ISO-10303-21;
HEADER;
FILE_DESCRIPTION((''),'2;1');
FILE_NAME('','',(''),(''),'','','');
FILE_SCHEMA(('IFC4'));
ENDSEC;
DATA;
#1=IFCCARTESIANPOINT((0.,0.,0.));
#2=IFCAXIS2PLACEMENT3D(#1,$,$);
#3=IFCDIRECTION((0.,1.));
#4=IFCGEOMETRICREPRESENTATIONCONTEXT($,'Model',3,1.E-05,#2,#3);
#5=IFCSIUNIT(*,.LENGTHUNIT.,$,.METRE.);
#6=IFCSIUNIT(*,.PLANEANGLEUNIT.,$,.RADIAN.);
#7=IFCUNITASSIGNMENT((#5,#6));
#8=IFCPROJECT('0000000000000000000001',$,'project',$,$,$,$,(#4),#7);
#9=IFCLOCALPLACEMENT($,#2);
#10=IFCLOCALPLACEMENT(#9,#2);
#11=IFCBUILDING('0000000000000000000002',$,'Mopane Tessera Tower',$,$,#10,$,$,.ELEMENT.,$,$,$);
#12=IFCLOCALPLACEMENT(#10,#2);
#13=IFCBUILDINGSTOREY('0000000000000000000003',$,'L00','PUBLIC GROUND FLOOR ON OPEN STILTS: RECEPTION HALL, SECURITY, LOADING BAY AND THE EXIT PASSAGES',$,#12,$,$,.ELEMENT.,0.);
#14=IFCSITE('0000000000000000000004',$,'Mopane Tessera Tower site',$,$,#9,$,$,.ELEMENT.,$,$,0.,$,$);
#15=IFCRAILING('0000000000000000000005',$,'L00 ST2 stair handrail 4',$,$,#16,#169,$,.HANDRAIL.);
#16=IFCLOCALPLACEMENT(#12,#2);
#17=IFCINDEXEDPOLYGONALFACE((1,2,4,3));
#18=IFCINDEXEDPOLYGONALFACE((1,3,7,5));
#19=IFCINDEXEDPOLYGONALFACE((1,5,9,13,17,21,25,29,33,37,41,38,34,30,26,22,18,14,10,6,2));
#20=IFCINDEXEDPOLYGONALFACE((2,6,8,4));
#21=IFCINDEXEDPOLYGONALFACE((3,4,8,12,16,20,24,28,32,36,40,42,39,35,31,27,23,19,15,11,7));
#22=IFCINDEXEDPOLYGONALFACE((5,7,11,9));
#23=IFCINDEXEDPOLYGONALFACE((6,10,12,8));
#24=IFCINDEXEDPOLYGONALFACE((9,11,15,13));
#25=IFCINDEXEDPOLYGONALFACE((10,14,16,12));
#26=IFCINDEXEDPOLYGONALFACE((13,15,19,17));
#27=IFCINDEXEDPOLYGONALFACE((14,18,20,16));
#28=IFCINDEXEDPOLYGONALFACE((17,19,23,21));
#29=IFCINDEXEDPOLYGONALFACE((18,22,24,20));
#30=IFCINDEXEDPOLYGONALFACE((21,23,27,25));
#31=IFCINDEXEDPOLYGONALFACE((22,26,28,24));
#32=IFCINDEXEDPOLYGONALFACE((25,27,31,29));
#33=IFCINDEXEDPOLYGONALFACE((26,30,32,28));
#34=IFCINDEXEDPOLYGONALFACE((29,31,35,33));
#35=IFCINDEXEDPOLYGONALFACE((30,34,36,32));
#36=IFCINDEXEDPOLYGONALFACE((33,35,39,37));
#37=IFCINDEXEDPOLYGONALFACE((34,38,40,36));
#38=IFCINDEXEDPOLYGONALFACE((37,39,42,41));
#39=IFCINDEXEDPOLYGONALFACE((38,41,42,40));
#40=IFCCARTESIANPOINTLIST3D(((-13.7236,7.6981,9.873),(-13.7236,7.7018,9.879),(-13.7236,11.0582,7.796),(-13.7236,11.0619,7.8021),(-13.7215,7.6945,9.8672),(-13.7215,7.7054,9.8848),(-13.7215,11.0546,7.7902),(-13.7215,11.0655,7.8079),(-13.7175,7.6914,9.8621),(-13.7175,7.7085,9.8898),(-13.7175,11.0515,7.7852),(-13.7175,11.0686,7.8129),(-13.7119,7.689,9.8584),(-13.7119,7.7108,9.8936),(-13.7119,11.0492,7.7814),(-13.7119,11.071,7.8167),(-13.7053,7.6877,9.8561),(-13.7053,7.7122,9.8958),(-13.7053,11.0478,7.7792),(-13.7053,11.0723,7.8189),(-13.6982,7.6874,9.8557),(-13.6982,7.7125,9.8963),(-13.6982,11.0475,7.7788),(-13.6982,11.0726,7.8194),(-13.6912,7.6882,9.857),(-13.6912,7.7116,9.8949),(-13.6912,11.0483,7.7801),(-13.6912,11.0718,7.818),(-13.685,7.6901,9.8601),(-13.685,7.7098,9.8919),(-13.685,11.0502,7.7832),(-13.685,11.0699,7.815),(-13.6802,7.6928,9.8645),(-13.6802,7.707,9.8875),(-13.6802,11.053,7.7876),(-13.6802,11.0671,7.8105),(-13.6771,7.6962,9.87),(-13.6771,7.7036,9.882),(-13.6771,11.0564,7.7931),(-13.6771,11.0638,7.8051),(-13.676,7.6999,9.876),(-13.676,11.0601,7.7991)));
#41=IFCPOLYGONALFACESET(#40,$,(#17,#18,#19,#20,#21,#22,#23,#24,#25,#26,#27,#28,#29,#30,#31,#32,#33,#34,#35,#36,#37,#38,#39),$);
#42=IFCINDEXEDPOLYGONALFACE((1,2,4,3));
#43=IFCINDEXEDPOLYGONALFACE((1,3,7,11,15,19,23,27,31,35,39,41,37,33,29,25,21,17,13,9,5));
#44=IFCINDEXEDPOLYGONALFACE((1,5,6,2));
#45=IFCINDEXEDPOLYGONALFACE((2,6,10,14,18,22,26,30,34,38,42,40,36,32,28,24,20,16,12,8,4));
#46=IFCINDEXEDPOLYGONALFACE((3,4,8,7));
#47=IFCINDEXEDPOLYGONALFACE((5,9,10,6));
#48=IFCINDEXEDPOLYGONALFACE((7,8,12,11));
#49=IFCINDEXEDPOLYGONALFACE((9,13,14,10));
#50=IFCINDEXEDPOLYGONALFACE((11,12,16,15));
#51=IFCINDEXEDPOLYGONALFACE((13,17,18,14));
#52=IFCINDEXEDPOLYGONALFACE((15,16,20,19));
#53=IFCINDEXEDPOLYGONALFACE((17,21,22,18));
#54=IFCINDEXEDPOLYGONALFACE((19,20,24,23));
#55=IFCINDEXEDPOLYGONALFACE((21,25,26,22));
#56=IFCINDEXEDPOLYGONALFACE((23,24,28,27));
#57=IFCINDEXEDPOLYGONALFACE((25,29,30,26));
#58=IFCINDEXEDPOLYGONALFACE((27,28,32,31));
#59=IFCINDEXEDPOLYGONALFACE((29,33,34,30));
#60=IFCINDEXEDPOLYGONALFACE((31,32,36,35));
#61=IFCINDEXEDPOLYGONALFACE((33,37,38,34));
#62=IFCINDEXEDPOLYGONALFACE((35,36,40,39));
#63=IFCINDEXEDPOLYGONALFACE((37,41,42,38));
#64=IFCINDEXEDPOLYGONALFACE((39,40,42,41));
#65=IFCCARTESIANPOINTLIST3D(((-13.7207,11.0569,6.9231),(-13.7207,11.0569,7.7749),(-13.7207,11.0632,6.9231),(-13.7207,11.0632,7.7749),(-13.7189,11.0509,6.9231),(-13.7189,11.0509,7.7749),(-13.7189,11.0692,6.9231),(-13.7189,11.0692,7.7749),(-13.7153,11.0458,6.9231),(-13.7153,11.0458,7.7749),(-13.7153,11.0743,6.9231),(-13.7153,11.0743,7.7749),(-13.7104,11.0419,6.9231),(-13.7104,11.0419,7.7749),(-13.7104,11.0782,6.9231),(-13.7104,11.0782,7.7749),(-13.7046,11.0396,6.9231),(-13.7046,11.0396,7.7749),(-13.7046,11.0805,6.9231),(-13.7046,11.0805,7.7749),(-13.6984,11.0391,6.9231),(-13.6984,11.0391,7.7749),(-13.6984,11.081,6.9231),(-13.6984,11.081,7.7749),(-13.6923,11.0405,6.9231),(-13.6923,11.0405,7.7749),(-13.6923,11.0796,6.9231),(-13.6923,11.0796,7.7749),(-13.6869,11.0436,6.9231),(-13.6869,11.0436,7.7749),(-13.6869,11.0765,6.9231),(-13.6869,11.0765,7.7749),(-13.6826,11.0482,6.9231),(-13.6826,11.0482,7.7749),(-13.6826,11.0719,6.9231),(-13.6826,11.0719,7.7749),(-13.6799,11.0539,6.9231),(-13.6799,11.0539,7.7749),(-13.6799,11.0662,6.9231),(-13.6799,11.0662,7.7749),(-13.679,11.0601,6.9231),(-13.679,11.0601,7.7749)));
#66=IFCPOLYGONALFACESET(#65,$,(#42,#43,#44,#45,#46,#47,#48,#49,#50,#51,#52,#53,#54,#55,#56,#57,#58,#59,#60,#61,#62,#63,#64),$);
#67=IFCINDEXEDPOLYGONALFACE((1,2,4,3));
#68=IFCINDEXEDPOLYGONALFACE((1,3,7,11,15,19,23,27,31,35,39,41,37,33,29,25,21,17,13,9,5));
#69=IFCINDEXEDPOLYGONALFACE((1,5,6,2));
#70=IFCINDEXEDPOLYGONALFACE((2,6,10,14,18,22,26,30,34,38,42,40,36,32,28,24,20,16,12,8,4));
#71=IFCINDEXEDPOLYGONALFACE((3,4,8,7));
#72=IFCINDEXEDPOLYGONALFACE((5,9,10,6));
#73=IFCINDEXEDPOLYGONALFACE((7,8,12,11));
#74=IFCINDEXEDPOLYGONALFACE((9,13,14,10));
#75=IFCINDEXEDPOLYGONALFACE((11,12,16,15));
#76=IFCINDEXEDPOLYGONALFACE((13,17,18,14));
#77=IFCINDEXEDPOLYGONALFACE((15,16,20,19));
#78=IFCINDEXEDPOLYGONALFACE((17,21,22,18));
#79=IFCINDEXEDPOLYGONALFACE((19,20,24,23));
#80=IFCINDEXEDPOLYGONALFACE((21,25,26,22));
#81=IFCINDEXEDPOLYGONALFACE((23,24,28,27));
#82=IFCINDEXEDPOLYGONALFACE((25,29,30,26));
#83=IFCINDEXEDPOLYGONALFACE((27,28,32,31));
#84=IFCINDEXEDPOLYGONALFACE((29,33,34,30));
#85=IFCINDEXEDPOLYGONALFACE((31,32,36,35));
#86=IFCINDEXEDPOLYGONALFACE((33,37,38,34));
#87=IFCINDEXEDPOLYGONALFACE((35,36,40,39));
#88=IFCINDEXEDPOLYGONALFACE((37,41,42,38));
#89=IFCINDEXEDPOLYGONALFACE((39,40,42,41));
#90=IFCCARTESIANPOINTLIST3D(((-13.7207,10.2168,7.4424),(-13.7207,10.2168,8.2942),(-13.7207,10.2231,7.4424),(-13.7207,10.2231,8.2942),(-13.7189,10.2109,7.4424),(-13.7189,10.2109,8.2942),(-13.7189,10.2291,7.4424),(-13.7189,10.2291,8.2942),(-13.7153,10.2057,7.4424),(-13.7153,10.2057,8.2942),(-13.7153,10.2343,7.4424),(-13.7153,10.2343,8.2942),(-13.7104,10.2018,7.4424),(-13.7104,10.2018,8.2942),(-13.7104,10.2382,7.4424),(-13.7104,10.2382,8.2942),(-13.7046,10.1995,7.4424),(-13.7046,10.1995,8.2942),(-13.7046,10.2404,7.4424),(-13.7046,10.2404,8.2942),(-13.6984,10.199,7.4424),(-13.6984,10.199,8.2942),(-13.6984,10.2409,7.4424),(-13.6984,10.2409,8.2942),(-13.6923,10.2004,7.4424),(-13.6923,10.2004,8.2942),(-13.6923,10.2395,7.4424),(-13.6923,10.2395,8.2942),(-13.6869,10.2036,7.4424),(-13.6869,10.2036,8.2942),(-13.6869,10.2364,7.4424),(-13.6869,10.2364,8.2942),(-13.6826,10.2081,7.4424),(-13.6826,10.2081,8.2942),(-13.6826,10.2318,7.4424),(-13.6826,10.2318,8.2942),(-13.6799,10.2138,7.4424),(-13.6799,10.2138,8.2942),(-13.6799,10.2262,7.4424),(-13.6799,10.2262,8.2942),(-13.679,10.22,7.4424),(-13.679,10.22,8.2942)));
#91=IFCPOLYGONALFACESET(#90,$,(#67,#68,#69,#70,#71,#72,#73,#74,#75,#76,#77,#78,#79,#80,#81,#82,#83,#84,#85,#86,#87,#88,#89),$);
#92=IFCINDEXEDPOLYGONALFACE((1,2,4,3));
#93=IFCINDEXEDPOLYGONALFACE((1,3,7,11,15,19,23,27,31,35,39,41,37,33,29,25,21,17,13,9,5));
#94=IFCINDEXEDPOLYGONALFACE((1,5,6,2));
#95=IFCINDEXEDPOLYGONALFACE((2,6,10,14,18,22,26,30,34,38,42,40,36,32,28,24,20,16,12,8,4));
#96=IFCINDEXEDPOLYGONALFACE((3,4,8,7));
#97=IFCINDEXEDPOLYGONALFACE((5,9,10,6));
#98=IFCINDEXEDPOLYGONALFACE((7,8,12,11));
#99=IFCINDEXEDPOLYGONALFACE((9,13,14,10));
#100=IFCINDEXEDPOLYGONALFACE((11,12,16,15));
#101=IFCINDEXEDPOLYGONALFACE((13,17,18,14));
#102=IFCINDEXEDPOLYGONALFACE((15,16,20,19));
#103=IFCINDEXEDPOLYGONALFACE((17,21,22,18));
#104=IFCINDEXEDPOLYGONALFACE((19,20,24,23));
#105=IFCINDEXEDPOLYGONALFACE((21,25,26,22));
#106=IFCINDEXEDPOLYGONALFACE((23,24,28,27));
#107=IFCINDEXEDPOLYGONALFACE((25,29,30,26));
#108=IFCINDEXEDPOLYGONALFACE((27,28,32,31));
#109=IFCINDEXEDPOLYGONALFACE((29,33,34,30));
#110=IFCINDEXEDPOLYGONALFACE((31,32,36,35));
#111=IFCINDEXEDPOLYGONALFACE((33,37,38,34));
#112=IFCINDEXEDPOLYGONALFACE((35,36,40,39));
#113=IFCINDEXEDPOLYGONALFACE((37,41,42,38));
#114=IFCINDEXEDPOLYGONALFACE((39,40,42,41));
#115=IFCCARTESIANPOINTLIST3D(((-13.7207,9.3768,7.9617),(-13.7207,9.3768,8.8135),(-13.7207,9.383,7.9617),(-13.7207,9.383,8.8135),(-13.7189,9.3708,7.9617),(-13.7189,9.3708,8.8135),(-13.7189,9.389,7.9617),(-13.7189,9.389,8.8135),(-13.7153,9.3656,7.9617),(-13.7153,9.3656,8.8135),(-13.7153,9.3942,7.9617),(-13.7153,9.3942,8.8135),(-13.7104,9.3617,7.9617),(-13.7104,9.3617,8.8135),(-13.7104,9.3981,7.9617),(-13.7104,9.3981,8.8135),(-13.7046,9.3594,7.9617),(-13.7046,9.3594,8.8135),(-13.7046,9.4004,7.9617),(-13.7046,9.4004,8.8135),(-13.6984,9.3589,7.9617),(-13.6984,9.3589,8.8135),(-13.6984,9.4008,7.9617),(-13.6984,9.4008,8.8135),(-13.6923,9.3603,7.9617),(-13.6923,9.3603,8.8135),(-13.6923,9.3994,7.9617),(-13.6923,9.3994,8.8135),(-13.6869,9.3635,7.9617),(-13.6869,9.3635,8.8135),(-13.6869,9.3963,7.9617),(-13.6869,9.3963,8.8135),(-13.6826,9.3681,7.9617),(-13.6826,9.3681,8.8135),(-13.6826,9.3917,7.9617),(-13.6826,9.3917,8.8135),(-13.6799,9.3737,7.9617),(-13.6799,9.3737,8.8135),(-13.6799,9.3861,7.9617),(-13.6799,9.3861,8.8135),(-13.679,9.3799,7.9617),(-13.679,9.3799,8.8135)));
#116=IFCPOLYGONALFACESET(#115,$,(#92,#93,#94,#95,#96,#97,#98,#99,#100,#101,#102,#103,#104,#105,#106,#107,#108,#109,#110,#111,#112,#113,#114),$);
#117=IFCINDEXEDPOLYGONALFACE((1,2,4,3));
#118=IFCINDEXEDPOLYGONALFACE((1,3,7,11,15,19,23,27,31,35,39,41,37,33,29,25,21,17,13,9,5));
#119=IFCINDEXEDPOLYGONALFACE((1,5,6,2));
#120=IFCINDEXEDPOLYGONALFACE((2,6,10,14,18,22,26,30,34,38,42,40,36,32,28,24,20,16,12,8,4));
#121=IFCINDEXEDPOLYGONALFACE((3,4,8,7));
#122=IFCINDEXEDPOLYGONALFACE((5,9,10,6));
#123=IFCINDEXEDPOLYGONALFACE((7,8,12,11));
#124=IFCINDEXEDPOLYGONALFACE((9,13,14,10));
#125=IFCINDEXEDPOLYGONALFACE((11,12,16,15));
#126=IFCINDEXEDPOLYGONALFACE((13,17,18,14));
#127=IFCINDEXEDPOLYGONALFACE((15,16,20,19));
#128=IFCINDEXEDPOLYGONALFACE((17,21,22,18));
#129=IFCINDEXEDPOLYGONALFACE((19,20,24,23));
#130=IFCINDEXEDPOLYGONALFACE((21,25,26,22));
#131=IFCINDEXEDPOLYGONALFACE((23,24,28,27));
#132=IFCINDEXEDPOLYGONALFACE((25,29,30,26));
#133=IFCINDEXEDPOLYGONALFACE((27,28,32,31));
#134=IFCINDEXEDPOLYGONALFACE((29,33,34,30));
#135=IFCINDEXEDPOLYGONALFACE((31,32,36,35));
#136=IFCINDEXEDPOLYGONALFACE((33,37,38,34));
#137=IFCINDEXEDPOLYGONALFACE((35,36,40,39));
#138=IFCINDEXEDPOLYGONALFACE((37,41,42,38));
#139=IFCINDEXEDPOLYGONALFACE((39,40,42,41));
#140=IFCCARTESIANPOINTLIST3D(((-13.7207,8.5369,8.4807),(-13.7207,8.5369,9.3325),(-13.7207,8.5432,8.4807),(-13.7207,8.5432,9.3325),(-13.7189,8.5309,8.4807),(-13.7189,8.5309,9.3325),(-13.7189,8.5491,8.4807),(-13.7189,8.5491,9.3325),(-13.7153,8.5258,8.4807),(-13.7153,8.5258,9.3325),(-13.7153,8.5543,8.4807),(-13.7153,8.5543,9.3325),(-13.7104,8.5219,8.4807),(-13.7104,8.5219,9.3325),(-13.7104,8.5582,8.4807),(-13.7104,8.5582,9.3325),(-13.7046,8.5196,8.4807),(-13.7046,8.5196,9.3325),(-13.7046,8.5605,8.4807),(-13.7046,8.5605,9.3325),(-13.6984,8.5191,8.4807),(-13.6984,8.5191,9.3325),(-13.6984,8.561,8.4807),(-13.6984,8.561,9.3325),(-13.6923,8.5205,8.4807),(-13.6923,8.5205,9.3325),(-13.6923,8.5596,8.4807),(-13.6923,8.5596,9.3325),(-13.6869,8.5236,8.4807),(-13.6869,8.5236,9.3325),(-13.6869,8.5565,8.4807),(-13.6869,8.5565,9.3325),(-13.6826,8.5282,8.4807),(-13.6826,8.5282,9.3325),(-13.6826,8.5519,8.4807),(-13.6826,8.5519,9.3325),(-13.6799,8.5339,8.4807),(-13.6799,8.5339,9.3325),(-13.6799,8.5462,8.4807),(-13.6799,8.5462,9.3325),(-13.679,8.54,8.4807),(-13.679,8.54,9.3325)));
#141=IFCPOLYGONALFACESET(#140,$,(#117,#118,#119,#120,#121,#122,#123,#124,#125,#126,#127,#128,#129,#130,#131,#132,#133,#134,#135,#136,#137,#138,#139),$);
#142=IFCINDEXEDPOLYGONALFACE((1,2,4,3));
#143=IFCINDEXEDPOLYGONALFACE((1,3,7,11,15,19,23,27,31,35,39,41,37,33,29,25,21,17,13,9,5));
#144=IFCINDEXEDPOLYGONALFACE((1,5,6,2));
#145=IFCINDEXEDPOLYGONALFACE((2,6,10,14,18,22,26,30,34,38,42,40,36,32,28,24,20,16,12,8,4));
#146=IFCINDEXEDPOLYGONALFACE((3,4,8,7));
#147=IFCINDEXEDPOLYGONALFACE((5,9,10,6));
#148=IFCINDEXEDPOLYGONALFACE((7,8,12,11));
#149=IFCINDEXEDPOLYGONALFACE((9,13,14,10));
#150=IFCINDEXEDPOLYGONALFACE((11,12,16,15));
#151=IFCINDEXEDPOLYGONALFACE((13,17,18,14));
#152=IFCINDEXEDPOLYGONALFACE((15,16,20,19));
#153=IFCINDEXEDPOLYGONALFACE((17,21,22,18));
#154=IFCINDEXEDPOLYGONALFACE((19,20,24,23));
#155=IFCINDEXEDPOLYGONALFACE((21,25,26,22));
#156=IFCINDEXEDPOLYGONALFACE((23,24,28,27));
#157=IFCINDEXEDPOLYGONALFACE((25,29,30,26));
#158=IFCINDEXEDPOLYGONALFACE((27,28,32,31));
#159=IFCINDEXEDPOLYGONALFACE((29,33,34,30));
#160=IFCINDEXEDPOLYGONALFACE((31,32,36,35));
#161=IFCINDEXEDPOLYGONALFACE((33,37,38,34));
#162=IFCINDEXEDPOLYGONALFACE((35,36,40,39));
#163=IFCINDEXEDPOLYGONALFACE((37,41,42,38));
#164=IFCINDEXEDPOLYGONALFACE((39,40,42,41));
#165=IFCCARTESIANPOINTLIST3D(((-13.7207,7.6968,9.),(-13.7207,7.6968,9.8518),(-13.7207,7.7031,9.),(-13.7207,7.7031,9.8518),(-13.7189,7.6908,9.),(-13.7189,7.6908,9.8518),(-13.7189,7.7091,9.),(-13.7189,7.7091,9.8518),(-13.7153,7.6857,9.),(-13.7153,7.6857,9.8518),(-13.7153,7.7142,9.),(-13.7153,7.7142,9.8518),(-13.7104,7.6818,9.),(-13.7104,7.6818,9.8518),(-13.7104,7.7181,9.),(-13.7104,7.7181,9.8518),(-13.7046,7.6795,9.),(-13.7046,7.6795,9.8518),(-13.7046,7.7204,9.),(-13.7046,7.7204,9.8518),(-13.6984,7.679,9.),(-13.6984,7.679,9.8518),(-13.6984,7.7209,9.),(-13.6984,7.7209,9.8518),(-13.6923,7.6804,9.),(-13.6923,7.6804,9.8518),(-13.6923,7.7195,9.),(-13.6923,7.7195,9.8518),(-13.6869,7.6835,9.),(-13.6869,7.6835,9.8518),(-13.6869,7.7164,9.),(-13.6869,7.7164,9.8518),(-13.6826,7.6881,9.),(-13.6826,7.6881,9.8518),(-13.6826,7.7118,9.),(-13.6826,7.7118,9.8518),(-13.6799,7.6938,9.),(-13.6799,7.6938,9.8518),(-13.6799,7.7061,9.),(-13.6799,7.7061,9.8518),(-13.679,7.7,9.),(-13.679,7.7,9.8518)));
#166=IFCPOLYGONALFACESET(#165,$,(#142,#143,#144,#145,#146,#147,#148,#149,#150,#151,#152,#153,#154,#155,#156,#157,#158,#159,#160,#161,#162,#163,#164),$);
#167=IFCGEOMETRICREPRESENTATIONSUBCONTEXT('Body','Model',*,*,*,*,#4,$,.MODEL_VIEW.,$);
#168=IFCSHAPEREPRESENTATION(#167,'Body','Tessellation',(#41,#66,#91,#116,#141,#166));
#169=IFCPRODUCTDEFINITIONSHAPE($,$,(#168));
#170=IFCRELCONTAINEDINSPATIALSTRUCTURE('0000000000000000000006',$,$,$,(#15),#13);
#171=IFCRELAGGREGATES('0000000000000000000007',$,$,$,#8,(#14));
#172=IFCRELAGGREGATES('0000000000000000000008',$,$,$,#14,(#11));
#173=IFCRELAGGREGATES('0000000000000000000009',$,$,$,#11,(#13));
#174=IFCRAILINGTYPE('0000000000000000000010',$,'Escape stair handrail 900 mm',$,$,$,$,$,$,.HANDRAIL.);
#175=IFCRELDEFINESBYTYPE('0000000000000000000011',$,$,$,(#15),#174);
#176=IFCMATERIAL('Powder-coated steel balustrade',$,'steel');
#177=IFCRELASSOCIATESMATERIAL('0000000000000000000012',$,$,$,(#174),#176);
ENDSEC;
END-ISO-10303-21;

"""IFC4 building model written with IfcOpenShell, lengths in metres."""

from ifc_helpers import new_model, si_unit, direction, frame, origin, origin_2d, place, context, subcontext, project, spatial, circle, extrude, material, type_object, element, save


model = new_model("IFC4")

# Units and contexts
model_context = context("Model", 3, precision=1e-05, world=origin(), true_north=direction((0.0, 1.0)))
body_context = subcontext(model_context, "Body", "Model", "MODEL_VIEW")
ifc_project = project(units=[si_unit("LENGTHUNIT", "METRE"), si_unit("PLANEANGLEUNIT", "RADIAN")], contexts=[model_context])

# Site, building, storey
site_placement = place(None, origin())
site = spatial("IfcSite", under=ifc_project, at=site_placement, Name="Mopane Tessera Tower site", CompositionType="ELEMENT", RefElevation=0.0)
building_placement = place(site_placement, origin())
building = spatial("IfcBuilding", under=site, at=building_placement, Name="Mopane Tessera Tower", CompositionType="ELEMENT")
storey_placement = place(building_placement, origin())
storey = spatial("IfcBuildingStorey", under=building, at=storey_placement, Name="L00", Description="PUBLIC GROUND FLOOR ON OPEN STILTS: RECEPTION HALL, SECURITY, LOADING BAY AND THE EXIT PASSAGES", CompositionType="ELEMENT", Elevation=0.0)

# Railing
ifc_material_1 = material(Name="Powder-coated steel balustrade", Category="steel")
railing_type_1 = type_object("IfcRailingType", Name="Escape stair handrail 900 mm", PredefinedType="HANDRAIL", material=ifc_material_1)
railing_1_placement = place(storey_placement, frame((-13.7, 11.0601, 6.9231)))
element("IfcRailing", 1, at=railing_1_placement, inside=storey, type_object=railing_type_1, Name="L00 ST2 stair handrail 4", PredefinedType="HANDRAIL", context=body_context, shape_type="SweptSolid", body=[
    extrude(circle(Radius=0.0239, at=origin_2d()), frame((0.0, 0.0, 0.876), z_axis=(0.0, -0.850623, 0.525776), x_axis=(1.0, 0.0, 0.0)), (0.0, 0.0, 1.0), 3.9502),
    extrude(circle(Radius=0.021, at=origin_2d()), origin(), (0.0, 0.0, 1.0), 0.8518),
    extrude(circle(Radius=0.021, at=origin_2d()), frame((0.0, -0.8401, 0.5193)), (0.0, 0.0, 1.0), 0.8518),
    extrude(circle(Radius=0.021, at=origin_2d()), frame((0.0, -1.6802, 1.0386)), (0.0, 0.0, 1.0), 0.8518),
    extrude(circle(Radius=0.021, at=origin_2d()), frame((0.0, -2.52, 1.5576)), (0.0, 0.0, 1.0), 0.8518),
    extrude(circle(Radius=0.021, at=origin_2d()), frame((0.0, -3.3601, 2.0769)), (0.0, 0.0, 1.0), 0.8518),
])

save(model, "model.ifc")
